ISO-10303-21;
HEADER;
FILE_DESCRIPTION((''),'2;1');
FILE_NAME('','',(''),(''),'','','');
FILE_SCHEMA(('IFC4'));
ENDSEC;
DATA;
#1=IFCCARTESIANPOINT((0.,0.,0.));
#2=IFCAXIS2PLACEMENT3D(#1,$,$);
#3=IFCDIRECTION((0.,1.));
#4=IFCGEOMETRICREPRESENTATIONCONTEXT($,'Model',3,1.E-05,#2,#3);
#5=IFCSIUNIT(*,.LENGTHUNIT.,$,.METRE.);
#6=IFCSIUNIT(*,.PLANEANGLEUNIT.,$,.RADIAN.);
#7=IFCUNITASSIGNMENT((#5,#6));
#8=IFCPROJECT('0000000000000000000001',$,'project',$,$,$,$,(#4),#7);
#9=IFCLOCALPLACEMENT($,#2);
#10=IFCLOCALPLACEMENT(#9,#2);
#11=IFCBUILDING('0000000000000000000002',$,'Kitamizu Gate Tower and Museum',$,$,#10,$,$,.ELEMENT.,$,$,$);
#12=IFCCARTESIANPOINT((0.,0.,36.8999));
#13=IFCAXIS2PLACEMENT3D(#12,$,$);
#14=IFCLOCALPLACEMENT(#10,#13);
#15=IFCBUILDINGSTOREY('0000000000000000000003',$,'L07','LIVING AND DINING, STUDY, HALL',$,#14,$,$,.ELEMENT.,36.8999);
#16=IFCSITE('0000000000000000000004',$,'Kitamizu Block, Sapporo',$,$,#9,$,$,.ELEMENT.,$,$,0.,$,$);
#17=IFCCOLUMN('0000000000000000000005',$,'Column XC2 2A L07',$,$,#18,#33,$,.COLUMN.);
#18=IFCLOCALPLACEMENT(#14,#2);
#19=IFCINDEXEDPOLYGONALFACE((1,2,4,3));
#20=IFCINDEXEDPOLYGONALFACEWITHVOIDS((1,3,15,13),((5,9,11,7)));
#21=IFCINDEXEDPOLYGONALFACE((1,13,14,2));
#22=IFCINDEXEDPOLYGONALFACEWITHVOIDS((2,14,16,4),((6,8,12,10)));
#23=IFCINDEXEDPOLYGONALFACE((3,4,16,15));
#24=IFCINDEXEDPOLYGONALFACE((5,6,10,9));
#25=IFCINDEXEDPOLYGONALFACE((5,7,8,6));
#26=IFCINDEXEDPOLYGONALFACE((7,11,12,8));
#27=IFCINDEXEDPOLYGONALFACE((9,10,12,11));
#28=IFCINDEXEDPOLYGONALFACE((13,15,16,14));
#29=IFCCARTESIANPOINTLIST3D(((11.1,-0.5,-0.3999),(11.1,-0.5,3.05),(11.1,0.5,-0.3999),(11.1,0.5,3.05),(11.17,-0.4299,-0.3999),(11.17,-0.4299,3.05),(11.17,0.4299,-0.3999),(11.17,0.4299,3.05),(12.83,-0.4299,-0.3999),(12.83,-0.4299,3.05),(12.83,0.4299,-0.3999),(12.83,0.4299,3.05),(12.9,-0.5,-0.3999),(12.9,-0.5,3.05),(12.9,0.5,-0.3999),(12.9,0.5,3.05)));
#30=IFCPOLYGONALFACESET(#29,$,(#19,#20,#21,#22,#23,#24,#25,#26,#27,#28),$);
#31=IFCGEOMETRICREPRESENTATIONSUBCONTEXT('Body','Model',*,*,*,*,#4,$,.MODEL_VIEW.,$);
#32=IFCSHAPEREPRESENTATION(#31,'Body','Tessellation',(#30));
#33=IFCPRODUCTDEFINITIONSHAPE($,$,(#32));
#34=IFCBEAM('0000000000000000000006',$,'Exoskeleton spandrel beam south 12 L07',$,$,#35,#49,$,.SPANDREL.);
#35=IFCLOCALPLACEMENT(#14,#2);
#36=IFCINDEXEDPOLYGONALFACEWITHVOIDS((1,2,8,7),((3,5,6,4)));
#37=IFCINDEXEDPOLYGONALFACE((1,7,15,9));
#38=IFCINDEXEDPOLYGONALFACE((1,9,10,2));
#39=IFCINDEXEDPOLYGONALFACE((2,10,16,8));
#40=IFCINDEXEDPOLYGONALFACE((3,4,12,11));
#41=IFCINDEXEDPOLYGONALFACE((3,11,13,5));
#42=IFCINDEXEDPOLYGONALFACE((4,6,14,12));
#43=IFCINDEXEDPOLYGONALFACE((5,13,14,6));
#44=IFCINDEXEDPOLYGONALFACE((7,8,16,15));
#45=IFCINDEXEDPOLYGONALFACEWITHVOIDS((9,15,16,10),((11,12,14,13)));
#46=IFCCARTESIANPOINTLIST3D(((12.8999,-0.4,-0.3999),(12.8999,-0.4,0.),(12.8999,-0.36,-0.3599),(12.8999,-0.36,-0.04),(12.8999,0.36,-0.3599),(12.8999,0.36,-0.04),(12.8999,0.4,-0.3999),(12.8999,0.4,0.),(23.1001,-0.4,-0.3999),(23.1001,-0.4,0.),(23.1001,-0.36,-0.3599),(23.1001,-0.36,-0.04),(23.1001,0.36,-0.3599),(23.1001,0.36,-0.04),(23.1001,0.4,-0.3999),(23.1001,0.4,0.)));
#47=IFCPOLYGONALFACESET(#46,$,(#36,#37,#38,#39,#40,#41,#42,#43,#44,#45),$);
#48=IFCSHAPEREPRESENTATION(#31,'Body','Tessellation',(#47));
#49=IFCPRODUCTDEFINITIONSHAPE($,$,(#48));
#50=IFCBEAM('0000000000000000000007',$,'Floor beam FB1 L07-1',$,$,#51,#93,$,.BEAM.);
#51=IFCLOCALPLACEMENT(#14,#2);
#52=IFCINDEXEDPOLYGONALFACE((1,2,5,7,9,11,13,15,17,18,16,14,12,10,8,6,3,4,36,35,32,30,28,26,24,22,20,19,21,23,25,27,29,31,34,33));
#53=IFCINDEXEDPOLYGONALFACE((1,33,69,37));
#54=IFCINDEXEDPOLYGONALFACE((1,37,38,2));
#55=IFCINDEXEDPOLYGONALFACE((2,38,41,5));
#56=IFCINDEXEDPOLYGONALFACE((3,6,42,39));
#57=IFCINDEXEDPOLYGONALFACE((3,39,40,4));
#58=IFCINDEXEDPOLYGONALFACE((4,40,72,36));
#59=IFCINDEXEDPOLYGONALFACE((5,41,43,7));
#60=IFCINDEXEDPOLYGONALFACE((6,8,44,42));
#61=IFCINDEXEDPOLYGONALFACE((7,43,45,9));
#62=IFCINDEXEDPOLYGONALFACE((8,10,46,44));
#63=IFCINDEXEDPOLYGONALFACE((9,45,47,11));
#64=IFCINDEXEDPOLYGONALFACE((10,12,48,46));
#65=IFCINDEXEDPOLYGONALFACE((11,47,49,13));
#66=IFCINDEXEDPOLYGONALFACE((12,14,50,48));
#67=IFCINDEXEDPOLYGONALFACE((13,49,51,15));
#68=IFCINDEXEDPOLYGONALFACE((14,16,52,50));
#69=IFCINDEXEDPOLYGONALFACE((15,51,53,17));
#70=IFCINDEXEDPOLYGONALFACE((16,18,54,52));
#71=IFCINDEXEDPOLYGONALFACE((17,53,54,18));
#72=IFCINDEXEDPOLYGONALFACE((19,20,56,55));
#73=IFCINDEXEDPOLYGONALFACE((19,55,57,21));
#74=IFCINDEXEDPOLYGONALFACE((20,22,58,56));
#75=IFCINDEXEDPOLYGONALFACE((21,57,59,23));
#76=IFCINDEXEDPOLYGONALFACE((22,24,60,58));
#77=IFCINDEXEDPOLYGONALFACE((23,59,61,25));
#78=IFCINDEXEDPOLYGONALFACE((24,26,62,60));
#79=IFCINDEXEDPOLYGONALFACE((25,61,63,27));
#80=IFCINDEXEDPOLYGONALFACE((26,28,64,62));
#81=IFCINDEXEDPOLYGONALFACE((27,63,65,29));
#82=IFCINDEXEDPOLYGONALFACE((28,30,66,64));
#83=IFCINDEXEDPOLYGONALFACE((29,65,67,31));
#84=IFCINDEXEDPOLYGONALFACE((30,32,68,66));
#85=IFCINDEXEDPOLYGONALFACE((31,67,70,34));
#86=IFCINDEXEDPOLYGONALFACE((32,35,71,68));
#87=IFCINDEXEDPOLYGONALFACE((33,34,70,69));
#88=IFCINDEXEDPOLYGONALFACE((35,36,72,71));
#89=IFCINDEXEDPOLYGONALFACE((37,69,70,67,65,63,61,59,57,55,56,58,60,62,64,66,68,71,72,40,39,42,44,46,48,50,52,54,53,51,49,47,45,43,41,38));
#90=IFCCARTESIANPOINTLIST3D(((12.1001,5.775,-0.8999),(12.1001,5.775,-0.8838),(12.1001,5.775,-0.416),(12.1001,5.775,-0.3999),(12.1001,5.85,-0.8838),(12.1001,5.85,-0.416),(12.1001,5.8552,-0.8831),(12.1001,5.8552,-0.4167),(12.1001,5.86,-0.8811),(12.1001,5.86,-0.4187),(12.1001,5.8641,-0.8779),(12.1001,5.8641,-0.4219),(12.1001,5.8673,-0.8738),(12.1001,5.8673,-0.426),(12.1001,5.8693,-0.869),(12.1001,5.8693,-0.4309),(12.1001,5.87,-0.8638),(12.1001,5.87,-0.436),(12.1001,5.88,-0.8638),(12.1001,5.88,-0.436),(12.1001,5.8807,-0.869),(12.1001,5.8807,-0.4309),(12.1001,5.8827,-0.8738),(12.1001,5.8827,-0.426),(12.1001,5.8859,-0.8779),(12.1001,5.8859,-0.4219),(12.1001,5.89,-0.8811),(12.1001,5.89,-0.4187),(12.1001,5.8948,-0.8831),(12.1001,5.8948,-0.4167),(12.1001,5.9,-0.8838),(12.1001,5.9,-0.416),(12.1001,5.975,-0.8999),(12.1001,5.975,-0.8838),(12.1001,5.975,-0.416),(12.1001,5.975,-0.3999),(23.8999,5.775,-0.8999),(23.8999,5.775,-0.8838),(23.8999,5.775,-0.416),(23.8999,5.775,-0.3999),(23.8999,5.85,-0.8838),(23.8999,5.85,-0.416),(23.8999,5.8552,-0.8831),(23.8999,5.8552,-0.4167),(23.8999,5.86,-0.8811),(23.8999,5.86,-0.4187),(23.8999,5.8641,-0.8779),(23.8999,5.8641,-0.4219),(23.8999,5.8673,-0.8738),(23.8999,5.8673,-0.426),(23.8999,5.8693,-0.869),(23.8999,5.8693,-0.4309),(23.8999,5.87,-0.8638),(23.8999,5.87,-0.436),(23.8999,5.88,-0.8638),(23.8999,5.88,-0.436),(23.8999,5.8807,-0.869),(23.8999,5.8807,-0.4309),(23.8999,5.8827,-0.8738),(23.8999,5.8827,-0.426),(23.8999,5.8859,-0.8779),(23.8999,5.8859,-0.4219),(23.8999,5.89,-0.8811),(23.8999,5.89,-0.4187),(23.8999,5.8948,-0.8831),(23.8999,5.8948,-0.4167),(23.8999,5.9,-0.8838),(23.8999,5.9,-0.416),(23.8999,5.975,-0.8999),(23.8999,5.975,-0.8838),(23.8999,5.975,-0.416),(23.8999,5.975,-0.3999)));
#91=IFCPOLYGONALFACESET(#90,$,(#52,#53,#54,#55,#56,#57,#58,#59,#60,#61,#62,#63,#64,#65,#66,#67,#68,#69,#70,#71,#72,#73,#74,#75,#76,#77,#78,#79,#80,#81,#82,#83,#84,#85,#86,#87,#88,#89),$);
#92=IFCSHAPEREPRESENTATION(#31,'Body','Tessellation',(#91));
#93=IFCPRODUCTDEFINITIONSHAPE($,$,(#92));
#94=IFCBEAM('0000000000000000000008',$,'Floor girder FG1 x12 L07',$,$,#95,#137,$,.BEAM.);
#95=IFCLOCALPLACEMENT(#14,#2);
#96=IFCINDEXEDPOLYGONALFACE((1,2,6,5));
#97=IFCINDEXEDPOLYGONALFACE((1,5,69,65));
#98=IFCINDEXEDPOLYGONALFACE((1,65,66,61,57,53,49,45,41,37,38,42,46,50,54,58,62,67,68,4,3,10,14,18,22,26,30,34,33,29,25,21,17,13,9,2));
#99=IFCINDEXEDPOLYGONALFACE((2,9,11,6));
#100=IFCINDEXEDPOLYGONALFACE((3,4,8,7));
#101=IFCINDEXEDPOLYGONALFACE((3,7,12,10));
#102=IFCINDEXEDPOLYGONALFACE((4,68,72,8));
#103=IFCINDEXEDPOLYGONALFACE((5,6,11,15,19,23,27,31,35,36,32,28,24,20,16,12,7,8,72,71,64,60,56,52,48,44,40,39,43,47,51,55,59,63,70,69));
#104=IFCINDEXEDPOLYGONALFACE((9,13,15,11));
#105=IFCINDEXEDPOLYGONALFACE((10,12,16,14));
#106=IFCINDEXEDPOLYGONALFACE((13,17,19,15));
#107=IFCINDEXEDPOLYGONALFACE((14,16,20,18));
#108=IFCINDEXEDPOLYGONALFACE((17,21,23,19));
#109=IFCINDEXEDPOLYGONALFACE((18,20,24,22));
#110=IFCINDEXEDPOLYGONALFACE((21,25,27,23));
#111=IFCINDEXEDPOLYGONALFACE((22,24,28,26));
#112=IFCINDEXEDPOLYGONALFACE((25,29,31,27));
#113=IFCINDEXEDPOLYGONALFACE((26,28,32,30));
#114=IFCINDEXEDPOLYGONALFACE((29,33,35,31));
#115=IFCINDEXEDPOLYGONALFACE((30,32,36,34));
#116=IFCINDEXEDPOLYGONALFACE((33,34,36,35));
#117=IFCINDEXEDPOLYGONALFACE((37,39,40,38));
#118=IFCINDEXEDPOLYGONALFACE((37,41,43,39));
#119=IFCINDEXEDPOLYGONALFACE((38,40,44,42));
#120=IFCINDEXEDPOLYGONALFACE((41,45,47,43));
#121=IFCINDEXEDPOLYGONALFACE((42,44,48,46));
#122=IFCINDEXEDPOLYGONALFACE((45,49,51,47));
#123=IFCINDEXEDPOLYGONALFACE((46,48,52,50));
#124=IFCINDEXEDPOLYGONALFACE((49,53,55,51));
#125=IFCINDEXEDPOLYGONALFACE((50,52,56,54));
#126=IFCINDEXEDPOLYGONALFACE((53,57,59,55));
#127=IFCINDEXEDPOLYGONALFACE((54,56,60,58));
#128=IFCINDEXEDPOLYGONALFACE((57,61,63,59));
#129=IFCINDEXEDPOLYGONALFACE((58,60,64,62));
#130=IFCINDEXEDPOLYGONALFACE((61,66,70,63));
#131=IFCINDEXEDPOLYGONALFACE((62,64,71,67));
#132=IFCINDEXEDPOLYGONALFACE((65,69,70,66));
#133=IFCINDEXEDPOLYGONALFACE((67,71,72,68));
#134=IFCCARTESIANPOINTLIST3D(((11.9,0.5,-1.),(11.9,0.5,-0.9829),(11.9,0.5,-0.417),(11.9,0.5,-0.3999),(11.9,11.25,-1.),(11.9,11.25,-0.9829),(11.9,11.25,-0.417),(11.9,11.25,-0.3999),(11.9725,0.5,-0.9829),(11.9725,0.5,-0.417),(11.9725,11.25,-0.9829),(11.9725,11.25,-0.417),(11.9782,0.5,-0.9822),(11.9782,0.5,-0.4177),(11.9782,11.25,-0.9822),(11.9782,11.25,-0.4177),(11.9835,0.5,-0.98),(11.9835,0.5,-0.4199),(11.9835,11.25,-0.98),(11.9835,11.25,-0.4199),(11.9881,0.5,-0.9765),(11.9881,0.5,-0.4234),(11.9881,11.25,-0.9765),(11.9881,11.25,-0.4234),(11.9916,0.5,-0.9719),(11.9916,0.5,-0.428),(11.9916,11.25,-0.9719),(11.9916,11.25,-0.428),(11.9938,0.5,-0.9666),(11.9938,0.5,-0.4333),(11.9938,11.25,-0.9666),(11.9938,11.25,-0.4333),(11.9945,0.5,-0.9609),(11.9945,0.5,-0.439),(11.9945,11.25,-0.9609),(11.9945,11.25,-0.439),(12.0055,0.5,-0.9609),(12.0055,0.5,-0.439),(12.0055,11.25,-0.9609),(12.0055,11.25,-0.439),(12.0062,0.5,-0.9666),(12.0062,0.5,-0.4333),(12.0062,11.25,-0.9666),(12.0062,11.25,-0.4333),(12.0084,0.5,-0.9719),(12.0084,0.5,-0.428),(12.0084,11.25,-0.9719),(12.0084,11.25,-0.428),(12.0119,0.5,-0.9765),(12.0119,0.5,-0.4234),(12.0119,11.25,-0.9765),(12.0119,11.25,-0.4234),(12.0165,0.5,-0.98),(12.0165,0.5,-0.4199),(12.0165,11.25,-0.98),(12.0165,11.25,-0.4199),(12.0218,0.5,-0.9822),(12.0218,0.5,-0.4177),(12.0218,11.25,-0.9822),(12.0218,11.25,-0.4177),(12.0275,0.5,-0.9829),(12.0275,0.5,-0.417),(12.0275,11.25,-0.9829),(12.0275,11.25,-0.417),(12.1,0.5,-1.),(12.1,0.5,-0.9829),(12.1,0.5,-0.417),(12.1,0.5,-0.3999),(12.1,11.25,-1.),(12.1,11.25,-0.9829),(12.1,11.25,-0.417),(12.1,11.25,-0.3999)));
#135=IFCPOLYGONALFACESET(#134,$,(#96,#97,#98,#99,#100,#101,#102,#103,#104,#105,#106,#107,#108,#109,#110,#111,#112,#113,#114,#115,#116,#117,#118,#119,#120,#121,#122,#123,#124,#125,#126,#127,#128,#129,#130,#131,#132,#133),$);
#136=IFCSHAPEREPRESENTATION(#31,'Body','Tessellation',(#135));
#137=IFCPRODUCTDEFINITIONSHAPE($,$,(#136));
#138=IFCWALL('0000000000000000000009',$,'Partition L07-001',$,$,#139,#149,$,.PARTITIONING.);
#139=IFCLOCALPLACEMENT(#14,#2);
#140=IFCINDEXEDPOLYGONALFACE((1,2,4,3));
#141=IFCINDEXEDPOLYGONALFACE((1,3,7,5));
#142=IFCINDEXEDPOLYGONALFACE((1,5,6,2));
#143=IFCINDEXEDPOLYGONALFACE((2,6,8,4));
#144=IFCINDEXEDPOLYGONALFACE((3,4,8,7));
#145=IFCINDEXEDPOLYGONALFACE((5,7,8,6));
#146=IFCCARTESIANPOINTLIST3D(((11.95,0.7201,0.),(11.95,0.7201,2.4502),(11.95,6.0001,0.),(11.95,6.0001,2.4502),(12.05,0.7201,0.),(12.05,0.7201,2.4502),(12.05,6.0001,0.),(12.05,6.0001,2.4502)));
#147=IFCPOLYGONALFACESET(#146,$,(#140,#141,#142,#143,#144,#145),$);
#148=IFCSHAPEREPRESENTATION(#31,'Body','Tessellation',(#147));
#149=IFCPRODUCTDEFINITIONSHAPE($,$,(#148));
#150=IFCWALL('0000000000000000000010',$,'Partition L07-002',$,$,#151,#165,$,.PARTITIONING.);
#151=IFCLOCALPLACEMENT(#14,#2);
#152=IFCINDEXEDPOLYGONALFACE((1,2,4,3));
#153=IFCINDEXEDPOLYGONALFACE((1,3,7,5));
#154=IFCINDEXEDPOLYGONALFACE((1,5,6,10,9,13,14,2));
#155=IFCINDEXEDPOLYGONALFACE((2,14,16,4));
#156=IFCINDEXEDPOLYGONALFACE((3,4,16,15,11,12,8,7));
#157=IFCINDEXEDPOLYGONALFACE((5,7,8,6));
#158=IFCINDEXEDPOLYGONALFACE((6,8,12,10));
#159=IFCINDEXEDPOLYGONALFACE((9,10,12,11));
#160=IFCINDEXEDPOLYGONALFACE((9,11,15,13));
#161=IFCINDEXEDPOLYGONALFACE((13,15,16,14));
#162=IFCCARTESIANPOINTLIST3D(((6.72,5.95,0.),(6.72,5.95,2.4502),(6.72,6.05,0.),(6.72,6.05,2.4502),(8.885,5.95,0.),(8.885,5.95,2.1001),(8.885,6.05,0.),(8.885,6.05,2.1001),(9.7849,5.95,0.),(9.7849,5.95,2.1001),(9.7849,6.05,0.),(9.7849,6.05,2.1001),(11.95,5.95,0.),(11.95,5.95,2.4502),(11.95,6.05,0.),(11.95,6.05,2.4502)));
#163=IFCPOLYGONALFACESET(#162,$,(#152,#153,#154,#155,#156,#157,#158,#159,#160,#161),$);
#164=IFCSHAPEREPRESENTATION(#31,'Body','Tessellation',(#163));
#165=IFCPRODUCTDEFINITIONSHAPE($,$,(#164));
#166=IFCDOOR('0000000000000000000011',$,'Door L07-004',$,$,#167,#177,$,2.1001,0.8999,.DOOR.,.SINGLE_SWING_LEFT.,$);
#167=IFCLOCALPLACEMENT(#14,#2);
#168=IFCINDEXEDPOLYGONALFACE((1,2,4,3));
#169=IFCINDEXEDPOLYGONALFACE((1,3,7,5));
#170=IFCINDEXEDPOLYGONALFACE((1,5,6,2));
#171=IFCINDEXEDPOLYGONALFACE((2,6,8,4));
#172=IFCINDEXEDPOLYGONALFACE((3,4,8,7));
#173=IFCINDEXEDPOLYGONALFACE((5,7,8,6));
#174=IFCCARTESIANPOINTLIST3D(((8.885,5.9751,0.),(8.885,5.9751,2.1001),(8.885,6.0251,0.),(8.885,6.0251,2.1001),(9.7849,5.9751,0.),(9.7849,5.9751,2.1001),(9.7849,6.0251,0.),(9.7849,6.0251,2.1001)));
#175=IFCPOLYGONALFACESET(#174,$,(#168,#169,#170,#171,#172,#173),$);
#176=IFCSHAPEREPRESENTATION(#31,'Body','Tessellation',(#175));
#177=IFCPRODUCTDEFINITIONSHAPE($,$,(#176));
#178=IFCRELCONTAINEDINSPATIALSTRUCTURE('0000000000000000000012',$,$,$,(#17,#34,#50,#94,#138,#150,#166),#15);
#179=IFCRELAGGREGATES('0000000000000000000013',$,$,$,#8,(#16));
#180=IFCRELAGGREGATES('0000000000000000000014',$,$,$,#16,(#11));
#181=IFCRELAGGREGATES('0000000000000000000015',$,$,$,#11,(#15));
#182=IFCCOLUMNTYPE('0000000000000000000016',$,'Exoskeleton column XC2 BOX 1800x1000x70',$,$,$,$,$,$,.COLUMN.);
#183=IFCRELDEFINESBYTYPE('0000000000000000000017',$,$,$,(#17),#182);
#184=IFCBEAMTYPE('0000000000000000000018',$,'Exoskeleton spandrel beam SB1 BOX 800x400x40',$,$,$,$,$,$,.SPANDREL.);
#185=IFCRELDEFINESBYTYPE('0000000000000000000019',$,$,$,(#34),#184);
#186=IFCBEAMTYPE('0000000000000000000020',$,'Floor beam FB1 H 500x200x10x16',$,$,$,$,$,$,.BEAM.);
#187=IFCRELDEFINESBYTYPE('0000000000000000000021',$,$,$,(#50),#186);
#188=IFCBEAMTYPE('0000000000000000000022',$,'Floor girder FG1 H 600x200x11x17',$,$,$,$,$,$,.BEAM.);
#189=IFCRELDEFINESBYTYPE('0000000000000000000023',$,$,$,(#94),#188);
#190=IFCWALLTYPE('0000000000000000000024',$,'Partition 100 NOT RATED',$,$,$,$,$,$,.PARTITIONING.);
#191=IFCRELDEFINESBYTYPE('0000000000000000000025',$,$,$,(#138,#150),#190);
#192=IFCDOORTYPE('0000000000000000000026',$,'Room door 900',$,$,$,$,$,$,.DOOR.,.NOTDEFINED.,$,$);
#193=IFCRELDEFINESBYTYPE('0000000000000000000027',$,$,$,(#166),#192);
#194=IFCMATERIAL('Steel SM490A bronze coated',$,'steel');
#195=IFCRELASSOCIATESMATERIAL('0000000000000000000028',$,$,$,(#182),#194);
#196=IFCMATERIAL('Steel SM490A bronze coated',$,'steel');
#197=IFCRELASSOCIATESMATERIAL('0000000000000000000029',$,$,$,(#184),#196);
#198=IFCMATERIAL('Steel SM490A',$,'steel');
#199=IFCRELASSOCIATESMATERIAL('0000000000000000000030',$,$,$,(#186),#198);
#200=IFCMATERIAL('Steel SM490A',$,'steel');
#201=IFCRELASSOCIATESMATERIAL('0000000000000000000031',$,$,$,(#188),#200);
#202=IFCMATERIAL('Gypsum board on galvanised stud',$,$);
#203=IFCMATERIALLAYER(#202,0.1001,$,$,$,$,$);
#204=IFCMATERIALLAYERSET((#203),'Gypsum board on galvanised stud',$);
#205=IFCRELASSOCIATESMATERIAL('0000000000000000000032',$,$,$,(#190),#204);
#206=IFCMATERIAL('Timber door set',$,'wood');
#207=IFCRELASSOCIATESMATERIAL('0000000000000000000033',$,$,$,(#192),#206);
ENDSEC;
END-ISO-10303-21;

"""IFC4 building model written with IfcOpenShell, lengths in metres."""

from ifc_helpers import new_model, si_unit, direction, frame, frame_2d, origin, origin_2d, place, context, subcontext, project, spatial, rectangle, hollow_rectangle, i_section, extrude, material, layer, layer_set, material_profile, profile_set, type_object, element, fill, save


model = new_model("IFC4")

# Units and contexts
model_context = context("Model", 3, precision=1e-05, world=origin(), true_north=direction((0.0, 1.0)))
body_context = subcontext(model_context, "Body", "Model", "MODEL_VIEW")
ifc_project = project(units=[si_unit("LENGTHUNIT", "METRE"), si_unit("PLANEANGLEUNIT", "RADIAN")], contexts=[model_context])

# Site, building, storey
site_placement = place(None, origin())
site = spatial("IfcSite", under=ifc_project, at=site_placement, Name="Kitamizu Block, Sapporo", CompositionType="ELEMENT", RefElevation=0.0)
building_placement = place(site_placement, origin())
building = spatial("IfcBuilding", under=site, at=building_placement, Name="Kitamizu Gate Tower and Museum", CompositionType="ELEMENT")
storey_placement = place(building_placement, frame((0.0, 0.0, 36.8999)))
storey = spatial("IfcBuildingStorey", under=building, at=storey_placement, Name="L07", Description="LIVING AND DINING, STUDY, HALL", CompositionType="ELEMENT", Elevation=36.8999)

# Column
ifc_material_1 = material(Name="Steel SM490A bronze coated", Category="steel")
ifc_material_profile_1 = material_profile(ifc_material_1, hollow_rectangle(XDim=1.8, YDim=1.0, WallThickness=0.0701, at=origin_2d()), Name="BOX 1800x1000x70")
ifc_profile_set_1 = profile_set([ifc_material_profile_1], Name="Steel SM490A bronze coated")
column_type = type_object("IfcColumnType", Name="Exoskeleton column XC2 BOX 1800x1000x70", PredefinedType="COLUMN", material=ifc_profile_set_1)
column_placement = place(storey_placement, frame((12.0, 0.0, -0.3999), z_axis=(0.0, 0.0, 1.0), x_axis=(1.0, 0.0, 0.0)))
element("IfcColumn", 1, at=column_placement, inside=storey, type_object=column_type, Name="Column XC2 2A L07", PredefinedType="COLUMN", context=body_context, shape_type="SweptSolid", body=[
    extrude(hollow_rectangle(XDim=1.8, YDim=1.0, WallThickness=0.0701, at=origin_2d()), origin(), (0.0, 0.0, 1.0), 3.45),
])

# Beams
ifc_material_2 = material(Name="Steel SM490A bronze coated", Category="steel")
ifc_material_profile_2 = material_profile(ifc_material_2, hollow_rectangle(XDim=0.8, YDim=0.3999, WallThickness=0.04, at=origin_2d()), Name="BOX 800x400x40")
ifc_profile_set_2 = profile_set([ifc_material_profile_2], Name="Steel SM490A bronze coated")
beam_type_1 = type_object("IfcBeamType", Name="Exoskeleton spandrel beam SB1 BOX 800x400x40", PredefinedType="SPANDREL", material=ifc_profile_set_2)
beam_1_placement = place(storey_placement, frame((12.8999, 0.0, -0.2), z_axis=(1.0, 0.0, 0.0), x_axis=(0.0, 1.0, 0.0)))
element("IfcBeam", 2, at=beam_1_placement, inside=storey, type_object=beam_type_1, Name="Exoskeleton spandrel beam south 12 L07", PredefinedType="SPANDREL", context=body_context, shape_type="SweptSolid", body=[
    extrude(hollow_rectangle(XDim=0.8, YDim=0.3999, WallThickness=0.04, at=origin_2d()), origin(), (0.0, 0.0, 1.0), 10.2002),
])
ifc_material_3 = material(Name="Steel SM490A", Category="steel")
ifc_material_profile_3 = material_profile(ifc_material_3, i_section(OverallWidth=0.2, OverallDepth=0.5, WebThickness=0.01, FlangeThickness=0.0161, FilletRadius=0.02, at=origin_2d()), Name="H-500x200x10x16")
ifc_profile_set_3 = profile_set([ifc_material_profile_3], Name="Steel SM490A")
beam_type_2 = type_object("IfcBeamType", Name="Floor beam FB1 H 500x200x10x16", PredefinedType="BEAM", material=ifc_profile_set_3)
beam_2_placement = place(storey_placement, frame((12.1001, 5.875, -0.6499), z_axis=(1.0, 0.0, 0.0), x_axis=(0.0, 1.0, 0.0)))
element("IfcBeam", 3, at=beam_2_placement, inside=storey, type_object=beam_type_2, Name="Floor beam FB1 L07-1", PredefinedType="BEAM", context=body_context, shape_type="SweptSolid", body=[
    extrude(i_section(OverallWidth=0.2, OverallDepth=0.5, WebThickness=0.01, FlangeThickness=0.0161, FilletRadius=0.02, at=origin_2d()), origin(), (0.0, 0.0, 1.0), 11.7998),
])
ifc_material_4 = material(Name="Steel SM490A", Category="steel")
ifc_material_profile_4 = material_profile(ifc_material_4, i_section(OverallWidth=0.2, OverallDepth=0.6001, WebThickness=0.011, FlangeThickness=0.0171, FilletRadius=0.022, at=origin_2d()), Name="H-600x200x11x17")
ifc_profile_set_4 = profile_set([ifc_material_profile_4], Name="Steel SM490A")
beam_type_3 = type_object("IfcBeamType", Name="Floor girder FG1 H 600x200x11x17", PredefinedType="BEAM", material=ifc_profile_set_4)
beam_3_placement = place(storey_placement, frame((12.0, 0.5, -0.7), z_axis=(0.0, 1.0, 0.0), x_axis=(-1.0, 0.0, 0.0)))
element("IfcBeam", 4, at=beam_3_placement, inside=storey, type_object=beam_type_3, Name="Floor girder FG1 x12 L07", PredefinedType="BEAM", context=body_context, shape_type="SweptSolid", body=[
    extrude(i_section(OverallWidth=0.2, OverallDepth=0.6001, WebThickness=0.011, FlangeThickness=0.0171, FilletRadius=0.022, at=origin_2d()), origin(), (0.0, 0.0, 1.0), 10.75),
])

# Wall
ifc_material_5 = material(Name="Gypsum board on galvanised stud")
ifc_layer_1 = layer(ifc_material_5, 0.1001)
ifc_layer_set_1 = layer_set([ifc_layer_1], Name="Gypsum board on galvanised stud")
wall_type_1 = type_object("IfcWallType", Name="Partition 100 NOT RATED", PredefinedType="PARTITIONING", material=ifc_layer_set_1)
wall_1_placement = place(storey_placement, frame((12.0, 0.72, 0.0), z_axis=(0.0, 0.0, 1.0), x_axis=(0.0, 1.0, 0.0)))
element("IfcWall", 5, at=wall_1_placement, inside=storey, type_object=wall_type_1, Name="Partition L07-001", PredefinedType="PARTITIONING", context=body_context, shape_type="SweptSolid", body=[
    extrude(rectangle(XDim=5.28, YDim=0.1001, at=frame_2d((2.6401, 0.0))), origin(), (0.0, 0.0, 1.0), 2.4502),
])

# Wall, opening, door
wall_2_placement = place(storey_placement, frame((11.95, 6.0, 0.0), z_axis=(0.0, 0.0, 1.0), x_axis=(-1.0, 0.0, 0.0)))
wall_2 = element("IfcWall", 6, at=wall_2_placement, inside=storey, type_object=wall_type_1, Name="Partition L07-002", PredefinedType="PARTITIONING", context=body_context, shape_type="SweptSolid", body=[
    extrude(rectangle(XDim=5.23, YDim=0.1001, at=frame_2d((2.615, 0.0))), origin(), (0.0, 0.0, 1.0), 2.4502),
])
opening_1_placement = place(wall_2_placement, frame((2.165, 0.0, 0.0)))
opening_1 = element("IfcOpeningElement", 7, at=opening_1_placement, cuts=wall_2, PredefinedType="OPENING", context=body_context, shape_type="SweptSolid", body=[
    extrude(rectangle(XDim=0.8999, YDim=2.1001, at=frame_2d((0.45, 1.05))), frame((0.0, 0.0601, 0.0), z_axis=(0.0, -1.0, 0.0), x_axis=(1.0, 0.0, 0.0)), (0.0, 0.0, 1.0), 0.1201),
])
ifc_material_6 = material(Name="Timber door set", Category="wood")
door_type = type_object("IfcDoorType", Name="Room door 900", OperationType="NOTDEFINED", PredefinedType="DOOR", material=ifc_material_6)
door_1_placement = place(opening_1_placement, origin())
door_1 = element("IfcDoor", 8, at=door_1_placement, inside=storey, type_object=door_type, Name="Door L07-004", OperationType="SINGLE_SWING_LEFT", OverallHeight=2.1001, OverallWidth=0.8999, PredefinedType="DOOR", context=body_context, shape_type="SweptSolid", body=[
    extrude(rectangle(XDim=0.8999, YDim=2.1001, at=frame_2d((0.45, 1.05))), frame((0.0, 0.0249, 0.0), z_axis=(0.0, -1.0, 0.0), x_axis=(1.0, 0.0, 0.0)), (0.0, 0.0, 1.0), 0.05),
])
fill(opening_1, door_1)

save(model, "model.ifc")
